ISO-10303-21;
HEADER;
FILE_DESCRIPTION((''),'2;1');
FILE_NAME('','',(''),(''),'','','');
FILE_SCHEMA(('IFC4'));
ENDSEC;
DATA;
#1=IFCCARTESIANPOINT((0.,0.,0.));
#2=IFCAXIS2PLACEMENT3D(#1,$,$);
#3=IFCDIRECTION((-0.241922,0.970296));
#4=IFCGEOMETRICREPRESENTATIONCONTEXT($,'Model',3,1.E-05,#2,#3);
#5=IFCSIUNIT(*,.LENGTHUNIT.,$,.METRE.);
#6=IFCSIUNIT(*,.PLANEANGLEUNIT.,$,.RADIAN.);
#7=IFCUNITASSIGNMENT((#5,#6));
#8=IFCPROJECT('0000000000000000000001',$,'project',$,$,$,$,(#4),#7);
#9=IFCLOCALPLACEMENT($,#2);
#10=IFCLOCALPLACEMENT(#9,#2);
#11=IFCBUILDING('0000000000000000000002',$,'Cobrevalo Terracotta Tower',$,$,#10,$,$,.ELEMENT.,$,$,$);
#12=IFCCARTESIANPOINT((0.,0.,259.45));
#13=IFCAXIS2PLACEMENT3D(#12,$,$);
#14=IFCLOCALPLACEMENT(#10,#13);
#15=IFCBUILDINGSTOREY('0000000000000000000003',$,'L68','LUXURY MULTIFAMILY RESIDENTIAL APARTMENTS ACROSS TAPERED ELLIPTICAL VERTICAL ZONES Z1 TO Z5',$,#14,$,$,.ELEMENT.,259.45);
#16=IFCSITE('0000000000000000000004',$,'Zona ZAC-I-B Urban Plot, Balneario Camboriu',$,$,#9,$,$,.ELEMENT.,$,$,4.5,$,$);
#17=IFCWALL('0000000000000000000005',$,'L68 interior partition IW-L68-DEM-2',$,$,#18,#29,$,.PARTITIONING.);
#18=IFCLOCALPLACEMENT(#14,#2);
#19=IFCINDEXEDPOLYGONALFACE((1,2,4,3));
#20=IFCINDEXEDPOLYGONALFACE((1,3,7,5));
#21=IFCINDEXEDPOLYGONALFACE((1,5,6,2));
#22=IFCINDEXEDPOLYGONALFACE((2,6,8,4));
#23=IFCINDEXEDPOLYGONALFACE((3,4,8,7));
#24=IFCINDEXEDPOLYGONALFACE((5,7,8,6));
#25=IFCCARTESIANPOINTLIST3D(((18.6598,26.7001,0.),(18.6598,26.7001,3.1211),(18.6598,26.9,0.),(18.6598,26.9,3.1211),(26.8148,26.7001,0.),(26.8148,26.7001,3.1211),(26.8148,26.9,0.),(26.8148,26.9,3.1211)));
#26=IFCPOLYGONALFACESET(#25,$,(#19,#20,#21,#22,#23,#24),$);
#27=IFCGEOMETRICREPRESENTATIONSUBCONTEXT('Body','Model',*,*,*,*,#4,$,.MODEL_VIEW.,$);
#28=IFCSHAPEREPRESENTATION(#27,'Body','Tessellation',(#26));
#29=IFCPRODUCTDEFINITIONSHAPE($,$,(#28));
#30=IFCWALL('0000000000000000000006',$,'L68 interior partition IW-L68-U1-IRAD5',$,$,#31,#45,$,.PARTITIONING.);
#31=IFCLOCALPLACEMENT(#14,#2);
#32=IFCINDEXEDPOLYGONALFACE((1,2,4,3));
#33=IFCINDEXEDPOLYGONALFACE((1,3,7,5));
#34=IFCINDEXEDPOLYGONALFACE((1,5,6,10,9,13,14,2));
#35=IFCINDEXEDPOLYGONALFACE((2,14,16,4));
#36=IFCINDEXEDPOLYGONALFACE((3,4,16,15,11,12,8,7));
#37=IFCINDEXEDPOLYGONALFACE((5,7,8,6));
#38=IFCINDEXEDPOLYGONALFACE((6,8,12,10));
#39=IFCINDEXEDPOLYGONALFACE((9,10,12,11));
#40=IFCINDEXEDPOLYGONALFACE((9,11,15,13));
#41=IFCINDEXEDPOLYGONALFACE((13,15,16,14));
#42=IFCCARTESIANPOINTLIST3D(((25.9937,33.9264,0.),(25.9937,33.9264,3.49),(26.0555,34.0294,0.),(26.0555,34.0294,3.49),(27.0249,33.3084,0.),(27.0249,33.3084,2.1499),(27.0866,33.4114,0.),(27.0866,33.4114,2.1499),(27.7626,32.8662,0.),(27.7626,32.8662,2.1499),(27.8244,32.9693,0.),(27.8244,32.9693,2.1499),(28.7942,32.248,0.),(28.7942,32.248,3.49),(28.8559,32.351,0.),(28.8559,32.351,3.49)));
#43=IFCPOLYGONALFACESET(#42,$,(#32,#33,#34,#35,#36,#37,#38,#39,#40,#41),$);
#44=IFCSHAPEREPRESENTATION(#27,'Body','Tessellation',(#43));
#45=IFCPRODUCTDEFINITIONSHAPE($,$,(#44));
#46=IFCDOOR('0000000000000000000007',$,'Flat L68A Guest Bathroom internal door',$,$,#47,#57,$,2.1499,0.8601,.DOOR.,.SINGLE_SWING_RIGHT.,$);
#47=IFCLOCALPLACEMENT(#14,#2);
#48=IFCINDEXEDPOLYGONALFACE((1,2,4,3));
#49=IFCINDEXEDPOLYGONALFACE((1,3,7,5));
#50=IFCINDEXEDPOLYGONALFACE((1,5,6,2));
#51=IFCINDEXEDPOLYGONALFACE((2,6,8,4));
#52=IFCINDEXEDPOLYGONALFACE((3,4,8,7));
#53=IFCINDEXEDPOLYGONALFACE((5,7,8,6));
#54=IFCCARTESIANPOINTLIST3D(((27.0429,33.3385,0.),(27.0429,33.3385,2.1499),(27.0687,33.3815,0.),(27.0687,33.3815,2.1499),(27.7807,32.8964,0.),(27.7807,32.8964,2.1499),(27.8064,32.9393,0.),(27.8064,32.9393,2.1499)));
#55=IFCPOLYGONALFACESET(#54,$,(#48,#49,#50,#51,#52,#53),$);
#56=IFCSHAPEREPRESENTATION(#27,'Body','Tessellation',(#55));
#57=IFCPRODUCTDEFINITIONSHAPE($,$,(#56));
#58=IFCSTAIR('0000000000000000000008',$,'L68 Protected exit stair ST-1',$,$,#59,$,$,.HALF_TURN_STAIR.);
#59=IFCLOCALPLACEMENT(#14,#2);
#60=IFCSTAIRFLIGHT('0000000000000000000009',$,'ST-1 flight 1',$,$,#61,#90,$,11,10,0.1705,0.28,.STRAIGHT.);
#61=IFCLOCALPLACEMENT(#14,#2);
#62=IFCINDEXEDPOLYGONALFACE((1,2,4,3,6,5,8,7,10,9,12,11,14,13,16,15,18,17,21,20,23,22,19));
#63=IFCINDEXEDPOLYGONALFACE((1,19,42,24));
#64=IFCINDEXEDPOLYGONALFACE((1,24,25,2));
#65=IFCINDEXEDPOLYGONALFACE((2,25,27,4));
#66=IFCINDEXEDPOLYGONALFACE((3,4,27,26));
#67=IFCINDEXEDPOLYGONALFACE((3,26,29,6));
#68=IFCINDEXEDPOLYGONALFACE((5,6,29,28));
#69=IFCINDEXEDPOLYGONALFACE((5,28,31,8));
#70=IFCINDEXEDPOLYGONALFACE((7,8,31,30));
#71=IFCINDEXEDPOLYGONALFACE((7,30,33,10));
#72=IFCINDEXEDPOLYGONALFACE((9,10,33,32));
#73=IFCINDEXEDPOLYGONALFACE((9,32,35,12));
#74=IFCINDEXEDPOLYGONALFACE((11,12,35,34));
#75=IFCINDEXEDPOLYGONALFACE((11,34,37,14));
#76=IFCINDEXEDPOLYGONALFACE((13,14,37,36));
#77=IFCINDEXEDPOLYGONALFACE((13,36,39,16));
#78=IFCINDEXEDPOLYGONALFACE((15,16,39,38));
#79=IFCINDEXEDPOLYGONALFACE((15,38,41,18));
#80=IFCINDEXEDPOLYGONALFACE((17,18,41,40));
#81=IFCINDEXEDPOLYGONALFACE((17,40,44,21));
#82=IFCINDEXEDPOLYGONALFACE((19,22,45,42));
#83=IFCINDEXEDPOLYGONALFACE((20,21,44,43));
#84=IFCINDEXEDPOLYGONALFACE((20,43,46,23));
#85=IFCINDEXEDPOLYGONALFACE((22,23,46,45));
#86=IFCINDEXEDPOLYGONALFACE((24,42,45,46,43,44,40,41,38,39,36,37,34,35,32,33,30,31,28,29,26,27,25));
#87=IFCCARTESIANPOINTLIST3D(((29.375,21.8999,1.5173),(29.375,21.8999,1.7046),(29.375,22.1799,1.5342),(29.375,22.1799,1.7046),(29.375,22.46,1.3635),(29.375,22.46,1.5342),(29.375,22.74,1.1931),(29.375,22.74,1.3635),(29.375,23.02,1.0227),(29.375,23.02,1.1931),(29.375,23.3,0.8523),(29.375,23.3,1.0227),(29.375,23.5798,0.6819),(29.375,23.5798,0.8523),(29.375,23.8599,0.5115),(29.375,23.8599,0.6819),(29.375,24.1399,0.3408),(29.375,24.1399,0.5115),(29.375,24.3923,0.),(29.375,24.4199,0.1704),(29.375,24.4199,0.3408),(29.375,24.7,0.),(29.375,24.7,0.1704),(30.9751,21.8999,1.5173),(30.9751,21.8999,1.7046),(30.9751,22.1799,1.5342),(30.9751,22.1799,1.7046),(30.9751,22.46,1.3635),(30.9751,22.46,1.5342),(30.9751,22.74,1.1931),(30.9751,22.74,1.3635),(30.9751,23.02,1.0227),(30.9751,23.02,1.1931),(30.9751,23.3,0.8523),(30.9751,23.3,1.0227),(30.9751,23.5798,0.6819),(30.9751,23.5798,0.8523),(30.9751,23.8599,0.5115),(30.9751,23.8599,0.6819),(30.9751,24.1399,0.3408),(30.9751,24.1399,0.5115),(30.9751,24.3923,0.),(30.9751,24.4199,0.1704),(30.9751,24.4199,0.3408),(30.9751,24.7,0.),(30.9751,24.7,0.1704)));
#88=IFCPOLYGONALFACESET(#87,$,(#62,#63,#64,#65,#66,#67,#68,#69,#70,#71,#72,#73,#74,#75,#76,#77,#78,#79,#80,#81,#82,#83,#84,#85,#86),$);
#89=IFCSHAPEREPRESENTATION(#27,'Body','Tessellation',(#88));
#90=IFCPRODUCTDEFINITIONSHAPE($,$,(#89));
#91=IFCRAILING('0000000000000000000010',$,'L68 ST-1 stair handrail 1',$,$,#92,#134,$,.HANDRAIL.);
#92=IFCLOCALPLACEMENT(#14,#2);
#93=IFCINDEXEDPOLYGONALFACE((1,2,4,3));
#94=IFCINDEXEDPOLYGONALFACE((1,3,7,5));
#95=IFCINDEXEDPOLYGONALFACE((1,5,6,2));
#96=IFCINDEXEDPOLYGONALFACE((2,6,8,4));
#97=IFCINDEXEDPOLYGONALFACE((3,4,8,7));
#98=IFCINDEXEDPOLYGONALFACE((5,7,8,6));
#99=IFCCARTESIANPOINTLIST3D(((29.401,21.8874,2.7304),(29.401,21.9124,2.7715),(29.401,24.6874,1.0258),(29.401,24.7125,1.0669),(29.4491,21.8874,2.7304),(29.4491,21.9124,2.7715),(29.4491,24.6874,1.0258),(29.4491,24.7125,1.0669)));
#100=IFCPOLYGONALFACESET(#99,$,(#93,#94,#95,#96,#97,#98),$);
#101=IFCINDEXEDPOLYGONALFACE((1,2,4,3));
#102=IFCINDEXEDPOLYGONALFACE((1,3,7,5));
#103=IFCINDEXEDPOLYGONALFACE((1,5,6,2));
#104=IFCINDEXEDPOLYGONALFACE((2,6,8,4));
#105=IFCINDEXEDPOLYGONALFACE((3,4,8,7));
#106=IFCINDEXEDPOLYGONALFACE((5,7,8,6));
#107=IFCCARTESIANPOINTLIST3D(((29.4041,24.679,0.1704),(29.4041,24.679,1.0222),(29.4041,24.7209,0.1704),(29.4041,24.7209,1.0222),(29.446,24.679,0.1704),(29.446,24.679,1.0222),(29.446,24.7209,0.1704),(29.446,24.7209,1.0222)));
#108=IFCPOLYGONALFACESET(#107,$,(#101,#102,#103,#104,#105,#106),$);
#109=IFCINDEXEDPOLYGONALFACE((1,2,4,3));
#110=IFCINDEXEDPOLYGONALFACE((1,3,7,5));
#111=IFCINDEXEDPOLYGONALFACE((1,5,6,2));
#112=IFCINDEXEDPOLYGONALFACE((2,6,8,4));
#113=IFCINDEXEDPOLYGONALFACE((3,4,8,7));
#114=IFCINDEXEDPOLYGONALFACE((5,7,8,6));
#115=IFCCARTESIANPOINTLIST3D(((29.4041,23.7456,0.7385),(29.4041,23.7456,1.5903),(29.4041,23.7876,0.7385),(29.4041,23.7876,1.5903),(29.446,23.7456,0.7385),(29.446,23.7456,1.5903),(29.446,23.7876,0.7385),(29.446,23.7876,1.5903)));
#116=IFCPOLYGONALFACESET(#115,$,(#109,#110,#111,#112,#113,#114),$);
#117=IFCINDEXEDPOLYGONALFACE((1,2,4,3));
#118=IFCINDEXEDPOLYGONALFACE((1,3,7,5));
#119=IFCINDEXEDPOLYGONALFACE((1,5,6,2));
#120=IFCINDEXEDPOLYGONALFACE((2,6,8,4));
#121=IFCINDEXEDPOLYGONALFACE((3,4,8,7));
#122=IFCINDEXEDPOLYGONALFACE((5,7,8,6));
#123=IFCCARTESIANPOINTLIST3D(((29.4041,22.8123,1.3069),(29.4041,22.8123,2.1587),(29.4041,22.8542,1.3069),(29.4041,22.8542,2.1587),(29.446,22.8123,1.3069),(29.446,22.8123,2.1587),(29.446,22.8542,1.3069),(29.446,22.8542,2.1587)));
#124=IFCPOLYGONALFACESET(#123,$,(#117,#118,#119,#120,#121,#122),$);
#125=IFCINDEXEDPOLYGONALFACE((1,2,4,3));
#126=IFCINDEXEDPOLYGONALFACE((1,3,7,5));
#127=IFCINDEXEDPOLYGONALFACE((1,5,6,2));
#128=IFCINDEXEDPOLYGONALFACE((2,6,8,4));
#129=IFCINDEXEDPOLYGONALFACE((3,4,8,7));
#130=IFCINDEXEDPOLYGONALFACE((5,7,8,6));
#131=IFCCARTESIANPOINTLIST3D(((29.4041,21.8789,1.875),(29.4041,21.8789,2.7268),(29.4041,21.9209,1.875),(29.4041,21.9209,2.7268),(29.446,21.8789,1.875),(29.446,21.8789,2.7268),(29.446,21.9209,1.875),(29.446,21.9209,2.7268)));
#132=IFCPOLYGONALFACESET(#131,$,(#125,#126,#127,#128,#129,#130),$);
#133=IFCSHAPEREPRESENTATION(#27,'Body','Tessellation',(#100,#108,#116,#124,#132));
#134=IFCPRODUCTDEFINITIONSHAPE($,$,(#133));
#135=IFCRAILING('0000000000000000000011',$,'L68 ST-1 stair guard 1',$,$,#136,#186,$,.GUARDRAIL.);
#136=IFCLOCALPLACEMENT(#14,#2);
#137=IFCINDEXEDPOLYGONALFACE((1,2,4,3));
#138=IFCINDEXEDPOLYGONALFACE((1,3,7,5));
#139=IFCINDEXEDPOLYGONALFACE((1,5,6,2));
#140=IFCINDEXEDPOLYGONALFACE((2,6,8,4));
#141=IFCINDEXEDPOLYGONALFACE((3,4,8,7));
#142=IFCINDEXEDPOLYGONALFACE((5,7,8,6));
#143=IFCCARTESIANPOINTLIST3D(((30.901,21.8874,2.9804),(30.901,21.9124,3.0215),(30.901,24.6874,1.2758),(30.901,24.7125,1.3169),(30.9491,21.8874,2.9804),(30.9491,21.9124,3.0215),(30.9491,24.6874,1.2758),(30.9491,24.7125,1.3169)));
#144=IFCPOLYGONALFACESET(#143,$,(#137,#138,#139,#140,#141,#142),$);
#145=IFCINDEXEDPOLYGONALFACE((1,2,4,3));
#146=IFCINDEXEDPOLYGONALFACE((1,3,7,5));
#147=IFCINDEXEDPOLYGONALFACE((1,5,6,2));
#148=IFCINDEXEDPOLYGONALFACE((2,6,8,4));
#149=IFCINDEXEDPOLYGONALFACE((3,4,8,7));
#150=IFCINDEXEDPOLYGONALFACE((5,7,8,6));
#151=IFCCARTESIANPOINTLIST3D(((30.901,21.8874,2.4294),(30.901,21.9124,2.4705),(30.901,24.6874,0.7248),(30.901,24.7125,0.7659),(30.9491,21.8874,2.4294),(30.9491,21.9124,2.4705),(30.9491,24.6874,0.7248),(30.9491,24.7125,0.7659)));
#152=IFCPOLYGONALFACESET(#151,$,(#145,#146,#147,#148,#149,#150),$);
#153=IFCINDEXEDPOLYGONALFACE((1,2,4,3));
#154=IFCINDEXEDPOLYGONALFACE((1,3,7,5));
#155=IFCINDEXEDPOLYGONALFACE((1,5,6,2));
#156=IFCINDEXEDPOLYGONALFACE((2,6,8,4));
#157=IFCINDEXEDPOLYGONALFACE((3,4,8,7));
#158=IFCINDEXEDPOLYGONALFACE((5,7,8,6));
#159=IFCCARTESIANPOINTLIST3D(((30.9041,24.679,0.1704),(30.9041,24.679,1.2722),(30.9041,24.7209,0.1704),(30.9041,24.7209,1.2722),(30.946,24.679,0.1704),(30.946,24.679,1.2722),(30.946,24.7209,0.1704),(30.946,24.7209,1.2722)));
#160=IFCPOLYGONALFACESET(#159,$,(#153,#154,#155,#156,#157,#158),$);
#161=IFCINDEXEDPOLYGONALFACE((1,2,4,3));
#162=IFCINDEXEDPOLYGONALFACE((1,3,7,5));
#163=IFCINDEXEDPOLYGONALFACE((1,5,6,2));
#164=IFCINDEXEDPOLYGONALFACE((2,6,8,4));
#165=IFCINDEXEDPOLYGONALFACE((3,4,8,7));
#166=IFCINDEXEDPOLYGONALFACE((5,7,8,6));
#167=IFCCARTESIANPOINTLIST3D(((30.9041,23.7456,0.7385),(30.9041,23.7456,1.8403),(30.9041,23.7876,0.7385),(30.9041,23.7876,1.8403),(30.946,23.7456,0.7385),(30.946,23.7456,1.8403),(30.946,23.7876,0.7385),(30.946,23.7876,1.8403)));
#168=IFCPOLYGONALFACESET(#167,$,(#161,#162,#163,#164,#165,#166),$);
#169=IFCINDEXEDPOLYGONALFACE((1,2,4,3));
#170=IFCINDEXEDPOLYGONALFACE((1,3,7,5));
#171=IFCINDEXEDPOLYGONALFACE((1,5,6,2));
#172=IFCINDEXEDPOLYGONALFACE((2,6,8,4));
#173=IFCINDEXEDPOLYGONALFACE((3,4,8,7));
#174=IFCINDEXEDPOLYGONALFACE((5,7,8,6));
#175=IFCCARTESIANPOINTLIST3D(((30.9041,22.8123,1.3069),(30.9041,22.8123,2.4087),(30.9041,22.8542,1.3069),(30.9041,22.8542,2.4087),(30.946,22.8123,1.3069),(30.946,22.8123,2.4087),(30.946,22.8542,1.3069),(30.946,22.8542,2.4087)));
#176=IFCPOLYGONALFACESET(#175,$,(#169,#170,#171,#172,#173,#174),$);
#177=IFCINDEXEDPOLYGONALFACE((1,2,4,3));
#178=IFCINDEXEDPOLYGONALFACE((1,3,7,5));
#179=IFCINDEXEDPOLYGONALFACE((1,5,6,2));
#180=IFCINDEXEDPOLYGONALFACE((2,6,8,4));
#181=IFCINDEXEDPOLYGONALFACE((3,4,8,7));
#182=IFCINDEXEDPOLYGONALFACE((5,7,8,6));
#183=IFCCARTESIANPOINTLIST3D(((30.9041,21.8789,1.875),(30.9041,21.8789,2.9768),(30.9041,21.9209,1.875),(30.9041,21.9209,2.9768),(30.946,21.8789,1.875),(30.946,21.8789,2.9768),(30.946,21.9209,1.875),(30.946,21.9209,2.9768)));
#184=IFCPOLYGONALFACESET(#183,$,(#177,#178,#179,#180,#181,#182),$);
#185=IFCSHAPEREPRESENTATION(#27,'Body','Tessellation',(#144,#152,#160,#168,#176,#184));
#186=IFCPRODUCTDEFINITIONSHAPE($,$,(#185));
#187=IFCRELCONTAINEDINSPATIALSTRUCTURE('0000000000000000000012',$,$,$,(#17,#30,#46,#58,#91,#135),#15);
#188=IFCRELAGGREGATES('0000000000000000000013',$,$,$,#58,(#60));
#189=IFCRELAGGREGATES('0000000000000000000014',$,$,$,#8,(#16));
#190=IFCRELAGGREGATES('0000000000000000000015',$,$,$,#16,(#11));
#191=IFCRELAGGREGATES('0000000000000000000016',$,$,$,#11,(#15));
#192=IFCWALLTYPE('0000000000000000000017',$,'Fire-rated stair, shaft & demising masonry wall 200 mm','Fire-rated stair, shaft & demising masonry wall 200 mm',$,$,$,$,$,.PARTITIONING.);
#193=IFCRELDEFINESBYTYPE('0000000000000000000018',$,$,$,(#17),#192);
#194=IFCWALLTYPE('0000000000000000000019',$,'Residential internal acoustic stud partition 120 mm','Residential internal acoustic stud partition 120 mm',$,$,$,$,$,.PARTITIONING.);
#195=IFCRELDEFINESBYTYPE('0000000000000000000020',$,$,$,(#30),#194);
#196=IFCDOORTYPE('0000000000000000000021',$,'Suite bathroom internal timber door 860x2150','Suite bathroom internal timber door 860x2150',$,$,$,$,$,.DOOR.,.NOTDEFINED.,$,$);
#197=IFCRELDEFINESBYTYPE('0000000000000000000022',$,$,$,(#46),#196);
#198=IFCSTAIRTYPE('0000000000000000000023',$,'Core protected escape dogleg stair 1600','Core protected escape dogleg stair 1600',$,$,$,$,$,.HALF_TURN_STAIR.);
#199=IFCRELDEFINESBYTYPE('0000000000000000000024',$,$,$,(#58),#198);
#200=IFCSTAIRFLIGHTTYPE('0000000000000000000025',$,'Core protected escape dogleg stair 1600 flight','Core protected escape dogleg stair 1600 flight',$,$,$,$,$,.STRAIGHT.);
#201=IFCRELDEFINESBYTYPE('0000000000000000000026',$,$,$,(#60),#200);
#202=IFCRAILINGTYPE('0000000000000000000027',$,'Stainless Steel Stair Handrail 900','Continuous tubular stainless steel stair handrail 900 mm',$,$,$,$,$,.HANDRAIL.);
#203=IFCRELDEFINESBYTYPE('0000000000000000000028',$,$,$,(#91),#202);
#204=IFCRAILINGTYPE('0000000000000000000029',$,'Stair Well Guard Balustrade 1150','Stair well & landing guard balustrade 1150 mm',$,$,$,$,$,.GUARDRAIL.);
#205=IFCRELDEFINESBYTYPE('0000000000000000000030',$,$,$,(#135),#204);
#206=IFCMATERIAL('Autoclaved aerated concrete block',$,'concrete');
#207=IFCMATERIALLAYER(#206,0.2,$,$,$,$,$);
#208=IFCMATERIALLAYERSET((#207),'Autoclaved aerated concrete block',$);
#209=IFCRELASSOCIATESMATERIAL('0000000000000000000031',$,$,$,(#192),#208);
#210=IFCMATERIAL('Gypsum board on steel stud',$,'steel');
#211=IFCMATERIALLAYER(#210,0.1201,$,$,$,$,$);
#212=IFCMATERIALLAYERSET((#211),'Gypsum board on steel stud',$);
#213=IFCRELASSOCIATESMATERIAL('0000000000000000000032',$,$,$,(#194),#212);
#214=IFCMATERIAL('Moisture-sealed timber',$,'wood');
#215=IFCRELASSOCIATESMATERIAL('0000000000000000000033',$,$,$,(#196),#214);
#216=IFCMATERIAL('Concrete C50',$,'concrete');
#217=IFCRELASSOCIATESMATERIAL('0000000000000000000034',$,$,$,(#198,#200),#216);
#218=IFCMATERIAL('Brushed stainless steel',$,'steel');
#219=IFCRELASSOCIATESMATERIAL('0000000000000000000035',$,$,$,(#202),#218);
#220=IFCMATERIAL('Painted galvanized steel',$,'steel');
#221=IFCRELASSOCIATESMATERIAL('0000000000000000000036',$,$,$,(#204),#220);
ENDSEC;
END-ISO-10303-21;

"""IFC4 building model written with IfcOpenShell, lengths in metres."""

from ifc_helpers import new_model, si_unit, direction, frame, frame_2d, origin, origin_2d, place, context, subcontext, project, spatial, polyline, rectangle, outline, extrude, source, transform, mapped, material, layer, layer_set, type_object, element, fill, aggregate, save


model = new_model("IFC4")

# Units and contexts
model_context = context("Model", 3, precision=1e-05, world=origin(), true_north=direction((-0.241922, 0.970296)))
body_context = subcontext(model_context, "Body", "Model", "MODEL_VIEW")
ifc_project = project(units=[si_unit("LENGTHUNIT", "METRE"), si_unit("PLANEANGLEUNIT", "RADIAN")], contexts=[model_context])

# Site, building, storey
site_placement = place(None, origin())
site = spatial("IfcSite", under=ifc_project, at=site_placement, Name="Zona ZAC-I-B Urban Plot, Balneario Camboriu", CompositionType="ELEMENT", RefElevation=4.5)
building_placement = place(site_placement, origin())
building = spatial("IfcBuilding", under=site, at=building_placement, Name="Cobrevalo Terracotta Tower", CompositionType="ELEMENT")
storey_placement = place(building_placement, frame((0.0, 0.0, 259.45)))
storey = spatial("IfcBuildingStorey", under=building, at=storey_placement, Name="L68", Description="LUXURY MULTIFAMILY RESIDENTIAL APARTMENTS ACROSS TAPERED ELLIPTICAL VERTICAL ZONES Z1 TO Z5", CompositionType="ELEMENT", Elevation=259.45)

# Shared definitions
ifc_material_1 = material(Name="Gypsum board on steel stud", Category="steel")

# Shared definitions
ifc_material_2 = material(Name="Brushed stainless steel", Category="steel")

# Wall
ifc_material_3 = material(Name="Autoclaved aerated concrete block", Category="concrete")
ifc_layer_1 = layer(ifc_material_3, 0.2)
ifc_layer_set_1 = layer_set([ifc_layer_1], Name="Autoclaved aerated concrete block")
wall_type_1 = type_object("IfcWallType", Name="Fire-rated stair, shaft & demising masonry wall 200 mm", Description="Fire-rated stair, shaft & demising masonry wall 200 mm", PredefinedType="PARTITIONING", material=ifc_layer_set_1)
wall_1_placement = place(storey_placement, frame((26.8149, 26.8, 0.0), z_axis=(0.0, 0.0, 1.0), x_axis=(-1.0, 0.0, 0.0)))
element("IfcWall", 1, at=wall_1_placement, inside=storey, type_object=wall_type_1, Name="L68 interior partition IW-L68-DEM-2", PredefinedType="PARTITIONING", context=body_context, shape_type="SweptSolid", body=[
    extrude(rectangle(XDim=8.155, YDim=0.2, at=frame_2d((4.0776, 0.0))), origin(), (0.0, 0.0, 1.0), 3.1211),
])

# Wall, opening, door
ifc_layer_2 = layer(ifc_material_1, 0.1201)
ifc_layer_set_2 = layer_set([ifc_layer_2], Name="Gypsum board on steel stud")
wall_type_2 = type_object("IfcWallType", Name="Residential internal acoustic stud partition 120 mm", Description="Residential internal acoustic stud partition 120 mm", PredefinedType="PARTITIONING", material=ifc_layer_set_2)
wall_2_placement = place(storey_placement, frame((28.825, 32.2996, 0.0), z_axis=(0.0, 0.0, 1.0), x_axis=(-0.857744, 0.514078, 0.0)))
wall_2 = element("IfcWall", 2, at=wall_2_placement, inside=storey, type_object=wall_type_2, Name="L68 interior partition IW-L68-U1-IRAD5", PredefinedType="PARTITIONING", context=body_context, shape_type="SweptSolid", body=[
    extrude(rectangle(XDim=3.2649, YDim=0.1201, at=frame_2d((1.6323, 0.0))), origin(), (0.0, 0.0, 1.0), 3.49),
])
opening_1_placement = place(wall_2_placement, frame((1.2024, 0.0, 0.0)))
opening_1 = element("IfcOpeningElement", 3, at=opening_1_placement, cuts=wall_2, PredefinedType="OPENING", context=body_context, shape_type="SweptSolid", body=[
    extrude(rectangle(XDim=0.8601, YDim=2.1499, at=frame_2d((0.4302, 1.075))), frame((0.0, 0.0701, 0.0), z_axis=(0.0, -1.0, 0.0), x_axis=(1.0, 0.0, 0.0)), (0.0, 0.0, 1.0), 0.1401),
])
ifc_material_4 = material(Name="Moisture-sealed timber", Category="wood")
door_type_1 = type_object("IfcDoorType", Name="Suite bathroom internal timber door 860x2150", Description="Suite bathroom internal timber door 860x2150", OperationType="NOTDEFINED", PredefinedType="DOOR", material=ifc_material_4)
shared_shape_1 = source(origin(), body_context, "Body", "SweptSolid", [
    extrude(rectangle(XDim=0.8601, YDim=2.1499, at=frame_2d((0.4302, 1.075))), frame((0.0, 0.0249, 0.0), z_axis=(0.0, -1.0, 0.0), x_axis=(1.0, 0.0, 0.0)), (0.0, 0.0, 1.0), 0.05),
])
door_1_placement = place(opening_1_placement, origin())
door_1 = element("IfcDoor", 4, at=door_1_placement, inside=storey, type_object=door_type_1, Name="Flat L68A Guest Bathroom internal door", OperationType="SINGLE_SWING_RIGHT", OverallHeight=2.1499, OverallWidth=0.8601, PredefinedType="DOOR", context=body_context, shape_type="MappedRepresentation", body=[
    mapped(shared_shape_1, transform((0.0, 0.0, 0.0), scale=1.0)),
])
fill(opening_1, door_1)
ifc_material_5 = material(Name="Concrete C50", Category="concrete")

# Stair, stair flight
stair_type = type_object("IfcStairType", Name="Core protected escape dogleg stair 1600", Description="Core protected escape dogleg stair 1600", PredefinedType="HALF_TURN_STAIR", material=ifc_material_5)
stair_placement = place(storey_placement, origin())
stair = element("IfcStair", 5, at=stair_placement, inside=storey, type_object=stair_type, Name="L68 Protected exit stair ST-1", PredefinedType="HALF_TURN_STAIR")
stair_flight_type = type_object("IfcStairFlightType", Name="Core protected escape dogleg stair 1600 flight", Description="Core protected escape dogleg stair 1600 flight", PredefinedType="STRAIGHT", material=ifc_material_5)
stair_flight_placement = place(storey_placement, frame((30.175, 24.7, 0.0), z_axis=(0.0, 0.0, 1.0), x_axis=(0.0, -1.0, 0.0)))
stair_flight = element("IfcStairFlight", 6, at=stair_flight_placement, type_object=stair_flight_type, Name="ST-1 flight 1", NumberOfRisers=11, NumberOfTreads=10, PredefinedType="STRAIGHT", RiserHeight=0.1705, TreadLength=0.28, context=body_context, shape_type="SweptSolid", body=[
    extrude(outline(polyline([(0.0, 0.0), (0.0, 0.1704), (0.28, 0.1704), (0.28, 0.3408), (0.5601, 0.3408), (0.5601, 0.5115), (0.8401, 0.5115), (0.8401, 0.6819), (1.1201, 0.6819), (1.1201, 0.8523), (1.3999, 0.8523), (1.3999, 1.0227), (1.6799, 1.0227), (1.6799, 1.1931), (1.96, 1.1931), (1.96, 1.3635), (2.24, 1.3635), (2.24, 1.5342), (2.52, 1.5342), (2.52, 1.7046), (2.8, 1.7046), (2.8, 1.875), (2.8, 1.5173), (0.3076, 0.0), (0.0, 0.0)])), frame((0.0, 0.8, 0.0), z_axis=(0.0, -1.0, 0.0), x_axis=(1.0, 0.0, 0.0)), (0.0, 0.0, 1.0), 1.6001),
])
aggregate(stair, [stair_flight])

# Railings
railing_type_1 = type_object("IfcRailingType", Name="Stainless Steel Stair Handrail 900", Description="Continuous tubular stainless steel stair handrail 900 mm", PredefinedType="HANDRAIL", material=ifc_material_2)
railing_1_placement = place(storey_placement, frame((29.425, 24.7, 0.1704)))
element("IfcRailing", 7, at=railing_1_placement, inside=storey, type_object=railing_type_1, Name="L68 ST-1 stair handrail 1", PredefinedType="HANDRAIL", context=body_context, shape_type="SweptSolid", body=[
    extrude(rectangle(XDim=0.0481, YDim=0.0481, at=origin_2d()), frame((0.0, 0.0, 0.876), z_axis=(0.0, -0.85417, 0.519994), x_axis=(1.0, 0.0, 0.0)), (0.0, 0.0, 1.0), 3.2781),
    extrude(rectangle(XDim=0.042, YDim=0.042, at=origin_2d()), origin(), (0.0, 0.0, 1.0), 0.8518),
    extrude(rectangle(XDim=0.042, YDim=0.042, at=origin_2d()), frame((0.0, -0.9333, 0.5681)), (0.0, 0.0, 1.0), 0.8518),
    extrude(rectangle(XDim=0.042, YDim=0.042, at=origin_2d()), frame((0.0, -1.8667, 1.1365)), (0.0, 0.0, 1.0), 0.8518),
    extrude(rectangle(XDim=0.042, YDim=0.042, at=origin_2d()), frame((0.0, -2.8, 1.7046)), (0.0, 0.0, 1.0), 0.8518),
])
ifc_material_6 = material(Name="Painted galvanized steel", Category="steel")
railing_type_2 = type_object("IfcRailingType", Name="Stair Well Guard Balustrade 1150", Description="Stair well & landing guard balustrade 1150 mm", PredefinedType="GUARDRAIL", material=ifc_material_6)
railing_2_placement = place(storey_placement, frame((30.925, 24.7, 0.1704)))
element("IfcRailing", 8, at=railing_2_placement, inside=storey, type_object=railing_type_2, Name="L68 ST-1 stair guard 1", PredefinedType="GUARDRAIL", context=body_context, shape_type="SweptSolid", body=[
    extrude(rectangle(XDim=0.0481, YDim=0.0481, at=origin_2d()), frame((0.0, 0.0, 1.126), z_axis=(0.0, -0.85417, 0.519994), x_axis=(1.0, 0.0, 0.0)), (0.0, 0.0, 1.0), 3.2781),
    extrude(rectangle(XDim=0.0481, YDim=0.0481, at=origin_2d()), frame((0.0, 0.0, 0.575), z_axis=(0.0, -0.85417, 0.519994), x_axis=(1.0, 0.0, 0.0)), (0.0, 0.0, 1.0), 3.2781),
    extrude(rectangle(XDim=0.042, YDim=0.042, at=origin_2d()), origin(), (0.0, 0.0, 1.0), 1.1018),
    extrude(rectangle(XDim=0.042, YDim=0.042, at=origin_2d()), frame((0.0, -0.9333, 0.5681)), (0.0, 0.0, 1.0), 1.1018),
    extrude(rectangle(XDim=0.042, YDim=0.042, at=origin_2d()), frame((0.0, -1.8667, 1.1365)), (0.0, 0.0, 1.0), 1.1018),
    extrude(rectangle(XDim=0.042, YDim=0.042, at=origin_2d()), frame((0.0, -2.8, 1.7046)), (0.0, 0.0, 1.0), 1.1018),
])

save(model, "model.ifc")
